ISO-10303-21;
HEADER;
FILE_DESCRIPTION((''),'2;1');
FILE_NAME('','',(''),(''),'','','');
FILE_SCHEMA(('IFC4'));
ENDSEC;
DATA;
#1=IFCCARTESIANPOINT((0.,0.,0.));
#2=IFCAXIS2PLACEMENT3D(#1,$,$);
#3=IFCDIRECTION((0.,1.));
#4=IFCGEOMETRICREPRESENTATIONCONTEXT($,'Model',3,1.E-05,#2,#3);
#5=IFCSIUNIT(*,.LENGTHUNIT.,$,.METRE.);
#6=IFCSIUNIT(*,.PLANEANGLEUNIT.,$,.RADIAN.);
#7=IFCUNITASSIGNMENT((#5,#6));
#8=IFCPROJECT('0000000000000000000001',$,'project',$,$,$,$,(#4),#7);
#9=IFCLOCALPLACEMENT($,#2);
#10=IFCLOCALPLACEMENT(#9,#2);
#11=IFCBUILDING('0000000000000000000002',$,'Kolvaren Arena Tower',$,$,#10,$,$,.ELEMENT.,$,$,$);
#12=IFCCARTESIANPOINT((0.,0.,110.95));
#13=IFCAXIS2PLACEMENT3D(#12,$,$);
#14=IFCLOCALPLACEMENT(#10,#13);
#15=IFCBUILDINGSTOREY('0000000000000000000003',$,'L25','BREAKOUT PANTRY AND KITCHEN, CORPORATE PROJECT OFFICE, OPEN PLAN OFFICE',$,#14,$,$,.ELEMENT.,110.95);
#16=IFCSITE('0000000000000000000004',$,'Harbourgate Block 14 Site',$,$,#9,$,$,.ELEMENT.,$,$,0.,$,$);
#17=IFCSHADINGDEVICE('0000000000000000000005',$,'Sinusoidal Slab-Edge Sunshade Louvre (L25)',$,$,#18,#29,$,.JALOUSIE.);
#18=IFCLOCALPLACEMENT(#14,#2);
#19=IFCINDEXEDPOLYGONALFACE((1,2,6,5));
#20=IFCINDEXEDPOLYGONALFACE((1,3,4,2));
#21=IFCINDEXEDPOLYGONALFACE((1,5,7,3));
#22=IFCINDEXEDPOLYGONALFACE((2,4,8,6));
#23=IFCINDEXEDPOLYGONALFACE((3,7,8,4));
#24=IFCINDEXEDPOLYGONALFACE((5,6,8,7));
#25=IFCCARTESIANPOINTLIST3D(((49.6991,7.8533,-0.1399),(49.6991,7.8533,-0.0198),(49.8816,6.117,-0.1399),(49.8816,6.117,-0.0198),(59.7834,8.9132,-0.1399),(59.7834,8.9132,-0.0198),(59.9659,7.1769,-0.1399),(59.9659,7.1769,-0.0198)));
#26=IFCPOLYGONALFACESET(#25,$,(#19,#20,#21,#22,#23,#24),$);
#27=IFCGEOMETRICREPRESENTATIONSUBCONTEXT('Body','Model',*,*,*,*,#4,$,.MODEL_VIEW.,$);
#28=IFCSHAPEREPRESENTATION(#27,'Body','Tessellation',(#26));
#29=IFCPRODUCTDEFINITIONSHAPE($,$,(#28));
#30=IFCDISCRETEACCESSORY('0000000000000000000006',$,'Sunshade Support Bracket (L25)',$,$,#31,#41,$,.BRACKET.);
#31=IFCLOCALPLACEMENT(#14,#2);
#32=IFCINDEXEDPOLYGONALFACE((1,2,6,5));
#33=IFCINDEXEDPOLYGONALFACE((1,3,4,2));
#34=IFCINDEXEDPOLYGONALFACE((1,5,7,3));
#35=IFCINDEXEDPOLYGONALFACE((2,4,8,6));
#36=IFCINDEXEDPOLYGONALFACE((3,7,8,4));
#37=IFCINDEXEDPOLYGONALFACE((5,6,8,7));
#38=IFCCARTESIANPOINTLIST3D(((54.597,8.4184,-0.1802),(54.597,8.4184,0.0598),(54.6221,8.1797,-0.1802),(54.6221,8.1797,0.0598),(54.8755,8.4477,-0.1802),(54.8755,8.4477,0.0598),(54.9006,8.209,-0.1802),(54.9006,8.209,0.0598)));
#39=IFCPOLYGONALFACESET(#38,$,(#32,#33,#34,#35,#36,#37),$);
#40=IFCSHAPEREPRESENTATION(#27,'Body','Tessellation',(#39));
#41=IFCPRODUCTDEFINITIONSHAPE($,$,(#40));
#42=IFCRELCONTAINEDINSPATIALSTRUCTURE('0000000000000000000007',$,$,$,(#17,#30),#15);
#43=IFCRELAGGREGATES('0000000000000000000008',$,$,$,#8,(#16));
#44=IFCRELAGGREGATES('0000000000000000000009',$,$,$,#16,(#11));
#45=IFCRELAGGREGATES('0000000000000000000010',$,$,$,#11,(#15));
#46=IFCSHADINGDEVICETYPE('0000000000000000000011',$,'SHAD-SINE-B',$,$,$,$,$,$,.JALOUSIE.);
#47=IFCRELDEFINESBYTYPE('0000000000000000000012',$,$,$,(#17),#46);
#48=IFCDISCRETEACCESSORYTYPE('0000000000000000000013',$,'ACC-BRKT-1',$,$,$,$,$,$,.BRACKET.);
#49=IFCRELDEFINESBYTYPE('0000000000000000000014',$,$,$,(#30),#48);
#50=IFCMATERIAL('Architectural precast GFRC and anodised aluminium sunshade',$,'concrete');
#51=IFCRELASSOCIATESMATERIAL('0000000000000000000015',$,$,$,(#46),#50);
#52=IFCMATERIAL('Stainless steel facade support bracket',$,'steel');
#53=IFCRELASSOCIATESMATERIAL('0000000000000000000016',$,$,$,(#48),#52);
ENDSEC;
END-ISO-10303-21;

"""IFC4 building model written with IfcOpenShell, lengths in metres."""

from ifc_helpers import new_model, si_unit, direction, frame, origin, origin_2d, place, context, subcontext, project, spatial, rectangle, extrude, material, type_object, element, save


model = new_model("IFC4")

# Units and contexts
model_context = context("Model", 3, precision=1e-05, world=origin(), true_north=direction((0.0, 1.0)))
body_context = subcontext(model_context, "Body", "Model", "MODEL_VIEW")
ifc_project = project(units=[si_unit("LENGTHUNIT", "METRE"), si_unit("PLANEANGLEUNIT", "RADIAN")], contexts=[model_context])

# Site, building, storey
site_placement = place(None, origin())
site = spatial("IfcSite", under=ifc_project, at=site_placement, Name="Harbourgate Block 14 Site", CompositionType="ELEMENT", RefElevation=0.0)
building_placement = place(site_placement, origin())
building = spatial("IfcBuilding", under=site, at=building_placement, Name="Kolvaren Arena Tower", CompositionType="ELEMENT")
storey_placement = place(building_placement, frame((0.0, 0.0, 110.95)))
storey = spatial("IfcBuildingStorey", under=building, at=storey_placement, Name="L25", Description="BREAKOUT PANTRY AND KITCHEN, CORPORATE PROJECT OFFICE, OPEN PLAN OFFICE", CompositionType="ELEMENT", Elevation=110.95)

# Shading device
ifc_material_1 = material(Name="Architectural precast GFRC and anodised aluminium sunshade", Category="concrete")
shading_device_type = type_object("IfcShadingDeviceType", Name="SHAD-SINE-B", PredefinedType="JALOUSIE", material=ifc_material_1)
shading_device_placement = place(storey_placement, frame((54.8325, 7.5151, -0.1399), z_axis=(0.0, 0.0, 1.0), x_axis=(-0.994522, -0.104527, 0.0)))
element("IfcShadingDevice", 1, at=shading_device_placement, inside=storey, type_object=shading_device_type, Name="Sinusoidal Slab-Edge Sunshade Louvre (L25)", PredefinedType="JALOUSIE", context=body_context, shape_type="SweptSolid", body=[
    extrude(rectangle(XDim=10.1399, YDim=1.7458, at=origin_2d()), origin(), (0.0, 0.0, 1.0), 0.1201),
])

# Discrete accessory
ifc_material_2 = material(Name="Stainless steel facade support bracket", Category="steel")
discrete_accessory_type = type_object("IfcDiscreteAccessoryType", Name="ACC-BRKT-1", PredefinedType="BRACKET", material=ifc_material_2)
discrete_accessory_placement = place(storey_placement, frame((54.7488, 8.3137, -0.1802), z_axis=(0.0, 0.0, 1.0), x_axis=(-0.994522, -0.104527, 0.0)))
element("IfcDiscreteAccessory", 2, at=discrete_accessory_placement, inside=storey, type_object=discrete_accessory_type, Name="Sunshade Support Bracket (L25)", PredefinedType="BRACKET", context=body_context, shape_type="SweptSolid", body=[
    extrude(rectangle(XDim=0.28, YDim=0.24, at=origin_2d()), origin(), (0.0, 0.0, 1.0), 0.24),
])

save(model, "model.ifc")
